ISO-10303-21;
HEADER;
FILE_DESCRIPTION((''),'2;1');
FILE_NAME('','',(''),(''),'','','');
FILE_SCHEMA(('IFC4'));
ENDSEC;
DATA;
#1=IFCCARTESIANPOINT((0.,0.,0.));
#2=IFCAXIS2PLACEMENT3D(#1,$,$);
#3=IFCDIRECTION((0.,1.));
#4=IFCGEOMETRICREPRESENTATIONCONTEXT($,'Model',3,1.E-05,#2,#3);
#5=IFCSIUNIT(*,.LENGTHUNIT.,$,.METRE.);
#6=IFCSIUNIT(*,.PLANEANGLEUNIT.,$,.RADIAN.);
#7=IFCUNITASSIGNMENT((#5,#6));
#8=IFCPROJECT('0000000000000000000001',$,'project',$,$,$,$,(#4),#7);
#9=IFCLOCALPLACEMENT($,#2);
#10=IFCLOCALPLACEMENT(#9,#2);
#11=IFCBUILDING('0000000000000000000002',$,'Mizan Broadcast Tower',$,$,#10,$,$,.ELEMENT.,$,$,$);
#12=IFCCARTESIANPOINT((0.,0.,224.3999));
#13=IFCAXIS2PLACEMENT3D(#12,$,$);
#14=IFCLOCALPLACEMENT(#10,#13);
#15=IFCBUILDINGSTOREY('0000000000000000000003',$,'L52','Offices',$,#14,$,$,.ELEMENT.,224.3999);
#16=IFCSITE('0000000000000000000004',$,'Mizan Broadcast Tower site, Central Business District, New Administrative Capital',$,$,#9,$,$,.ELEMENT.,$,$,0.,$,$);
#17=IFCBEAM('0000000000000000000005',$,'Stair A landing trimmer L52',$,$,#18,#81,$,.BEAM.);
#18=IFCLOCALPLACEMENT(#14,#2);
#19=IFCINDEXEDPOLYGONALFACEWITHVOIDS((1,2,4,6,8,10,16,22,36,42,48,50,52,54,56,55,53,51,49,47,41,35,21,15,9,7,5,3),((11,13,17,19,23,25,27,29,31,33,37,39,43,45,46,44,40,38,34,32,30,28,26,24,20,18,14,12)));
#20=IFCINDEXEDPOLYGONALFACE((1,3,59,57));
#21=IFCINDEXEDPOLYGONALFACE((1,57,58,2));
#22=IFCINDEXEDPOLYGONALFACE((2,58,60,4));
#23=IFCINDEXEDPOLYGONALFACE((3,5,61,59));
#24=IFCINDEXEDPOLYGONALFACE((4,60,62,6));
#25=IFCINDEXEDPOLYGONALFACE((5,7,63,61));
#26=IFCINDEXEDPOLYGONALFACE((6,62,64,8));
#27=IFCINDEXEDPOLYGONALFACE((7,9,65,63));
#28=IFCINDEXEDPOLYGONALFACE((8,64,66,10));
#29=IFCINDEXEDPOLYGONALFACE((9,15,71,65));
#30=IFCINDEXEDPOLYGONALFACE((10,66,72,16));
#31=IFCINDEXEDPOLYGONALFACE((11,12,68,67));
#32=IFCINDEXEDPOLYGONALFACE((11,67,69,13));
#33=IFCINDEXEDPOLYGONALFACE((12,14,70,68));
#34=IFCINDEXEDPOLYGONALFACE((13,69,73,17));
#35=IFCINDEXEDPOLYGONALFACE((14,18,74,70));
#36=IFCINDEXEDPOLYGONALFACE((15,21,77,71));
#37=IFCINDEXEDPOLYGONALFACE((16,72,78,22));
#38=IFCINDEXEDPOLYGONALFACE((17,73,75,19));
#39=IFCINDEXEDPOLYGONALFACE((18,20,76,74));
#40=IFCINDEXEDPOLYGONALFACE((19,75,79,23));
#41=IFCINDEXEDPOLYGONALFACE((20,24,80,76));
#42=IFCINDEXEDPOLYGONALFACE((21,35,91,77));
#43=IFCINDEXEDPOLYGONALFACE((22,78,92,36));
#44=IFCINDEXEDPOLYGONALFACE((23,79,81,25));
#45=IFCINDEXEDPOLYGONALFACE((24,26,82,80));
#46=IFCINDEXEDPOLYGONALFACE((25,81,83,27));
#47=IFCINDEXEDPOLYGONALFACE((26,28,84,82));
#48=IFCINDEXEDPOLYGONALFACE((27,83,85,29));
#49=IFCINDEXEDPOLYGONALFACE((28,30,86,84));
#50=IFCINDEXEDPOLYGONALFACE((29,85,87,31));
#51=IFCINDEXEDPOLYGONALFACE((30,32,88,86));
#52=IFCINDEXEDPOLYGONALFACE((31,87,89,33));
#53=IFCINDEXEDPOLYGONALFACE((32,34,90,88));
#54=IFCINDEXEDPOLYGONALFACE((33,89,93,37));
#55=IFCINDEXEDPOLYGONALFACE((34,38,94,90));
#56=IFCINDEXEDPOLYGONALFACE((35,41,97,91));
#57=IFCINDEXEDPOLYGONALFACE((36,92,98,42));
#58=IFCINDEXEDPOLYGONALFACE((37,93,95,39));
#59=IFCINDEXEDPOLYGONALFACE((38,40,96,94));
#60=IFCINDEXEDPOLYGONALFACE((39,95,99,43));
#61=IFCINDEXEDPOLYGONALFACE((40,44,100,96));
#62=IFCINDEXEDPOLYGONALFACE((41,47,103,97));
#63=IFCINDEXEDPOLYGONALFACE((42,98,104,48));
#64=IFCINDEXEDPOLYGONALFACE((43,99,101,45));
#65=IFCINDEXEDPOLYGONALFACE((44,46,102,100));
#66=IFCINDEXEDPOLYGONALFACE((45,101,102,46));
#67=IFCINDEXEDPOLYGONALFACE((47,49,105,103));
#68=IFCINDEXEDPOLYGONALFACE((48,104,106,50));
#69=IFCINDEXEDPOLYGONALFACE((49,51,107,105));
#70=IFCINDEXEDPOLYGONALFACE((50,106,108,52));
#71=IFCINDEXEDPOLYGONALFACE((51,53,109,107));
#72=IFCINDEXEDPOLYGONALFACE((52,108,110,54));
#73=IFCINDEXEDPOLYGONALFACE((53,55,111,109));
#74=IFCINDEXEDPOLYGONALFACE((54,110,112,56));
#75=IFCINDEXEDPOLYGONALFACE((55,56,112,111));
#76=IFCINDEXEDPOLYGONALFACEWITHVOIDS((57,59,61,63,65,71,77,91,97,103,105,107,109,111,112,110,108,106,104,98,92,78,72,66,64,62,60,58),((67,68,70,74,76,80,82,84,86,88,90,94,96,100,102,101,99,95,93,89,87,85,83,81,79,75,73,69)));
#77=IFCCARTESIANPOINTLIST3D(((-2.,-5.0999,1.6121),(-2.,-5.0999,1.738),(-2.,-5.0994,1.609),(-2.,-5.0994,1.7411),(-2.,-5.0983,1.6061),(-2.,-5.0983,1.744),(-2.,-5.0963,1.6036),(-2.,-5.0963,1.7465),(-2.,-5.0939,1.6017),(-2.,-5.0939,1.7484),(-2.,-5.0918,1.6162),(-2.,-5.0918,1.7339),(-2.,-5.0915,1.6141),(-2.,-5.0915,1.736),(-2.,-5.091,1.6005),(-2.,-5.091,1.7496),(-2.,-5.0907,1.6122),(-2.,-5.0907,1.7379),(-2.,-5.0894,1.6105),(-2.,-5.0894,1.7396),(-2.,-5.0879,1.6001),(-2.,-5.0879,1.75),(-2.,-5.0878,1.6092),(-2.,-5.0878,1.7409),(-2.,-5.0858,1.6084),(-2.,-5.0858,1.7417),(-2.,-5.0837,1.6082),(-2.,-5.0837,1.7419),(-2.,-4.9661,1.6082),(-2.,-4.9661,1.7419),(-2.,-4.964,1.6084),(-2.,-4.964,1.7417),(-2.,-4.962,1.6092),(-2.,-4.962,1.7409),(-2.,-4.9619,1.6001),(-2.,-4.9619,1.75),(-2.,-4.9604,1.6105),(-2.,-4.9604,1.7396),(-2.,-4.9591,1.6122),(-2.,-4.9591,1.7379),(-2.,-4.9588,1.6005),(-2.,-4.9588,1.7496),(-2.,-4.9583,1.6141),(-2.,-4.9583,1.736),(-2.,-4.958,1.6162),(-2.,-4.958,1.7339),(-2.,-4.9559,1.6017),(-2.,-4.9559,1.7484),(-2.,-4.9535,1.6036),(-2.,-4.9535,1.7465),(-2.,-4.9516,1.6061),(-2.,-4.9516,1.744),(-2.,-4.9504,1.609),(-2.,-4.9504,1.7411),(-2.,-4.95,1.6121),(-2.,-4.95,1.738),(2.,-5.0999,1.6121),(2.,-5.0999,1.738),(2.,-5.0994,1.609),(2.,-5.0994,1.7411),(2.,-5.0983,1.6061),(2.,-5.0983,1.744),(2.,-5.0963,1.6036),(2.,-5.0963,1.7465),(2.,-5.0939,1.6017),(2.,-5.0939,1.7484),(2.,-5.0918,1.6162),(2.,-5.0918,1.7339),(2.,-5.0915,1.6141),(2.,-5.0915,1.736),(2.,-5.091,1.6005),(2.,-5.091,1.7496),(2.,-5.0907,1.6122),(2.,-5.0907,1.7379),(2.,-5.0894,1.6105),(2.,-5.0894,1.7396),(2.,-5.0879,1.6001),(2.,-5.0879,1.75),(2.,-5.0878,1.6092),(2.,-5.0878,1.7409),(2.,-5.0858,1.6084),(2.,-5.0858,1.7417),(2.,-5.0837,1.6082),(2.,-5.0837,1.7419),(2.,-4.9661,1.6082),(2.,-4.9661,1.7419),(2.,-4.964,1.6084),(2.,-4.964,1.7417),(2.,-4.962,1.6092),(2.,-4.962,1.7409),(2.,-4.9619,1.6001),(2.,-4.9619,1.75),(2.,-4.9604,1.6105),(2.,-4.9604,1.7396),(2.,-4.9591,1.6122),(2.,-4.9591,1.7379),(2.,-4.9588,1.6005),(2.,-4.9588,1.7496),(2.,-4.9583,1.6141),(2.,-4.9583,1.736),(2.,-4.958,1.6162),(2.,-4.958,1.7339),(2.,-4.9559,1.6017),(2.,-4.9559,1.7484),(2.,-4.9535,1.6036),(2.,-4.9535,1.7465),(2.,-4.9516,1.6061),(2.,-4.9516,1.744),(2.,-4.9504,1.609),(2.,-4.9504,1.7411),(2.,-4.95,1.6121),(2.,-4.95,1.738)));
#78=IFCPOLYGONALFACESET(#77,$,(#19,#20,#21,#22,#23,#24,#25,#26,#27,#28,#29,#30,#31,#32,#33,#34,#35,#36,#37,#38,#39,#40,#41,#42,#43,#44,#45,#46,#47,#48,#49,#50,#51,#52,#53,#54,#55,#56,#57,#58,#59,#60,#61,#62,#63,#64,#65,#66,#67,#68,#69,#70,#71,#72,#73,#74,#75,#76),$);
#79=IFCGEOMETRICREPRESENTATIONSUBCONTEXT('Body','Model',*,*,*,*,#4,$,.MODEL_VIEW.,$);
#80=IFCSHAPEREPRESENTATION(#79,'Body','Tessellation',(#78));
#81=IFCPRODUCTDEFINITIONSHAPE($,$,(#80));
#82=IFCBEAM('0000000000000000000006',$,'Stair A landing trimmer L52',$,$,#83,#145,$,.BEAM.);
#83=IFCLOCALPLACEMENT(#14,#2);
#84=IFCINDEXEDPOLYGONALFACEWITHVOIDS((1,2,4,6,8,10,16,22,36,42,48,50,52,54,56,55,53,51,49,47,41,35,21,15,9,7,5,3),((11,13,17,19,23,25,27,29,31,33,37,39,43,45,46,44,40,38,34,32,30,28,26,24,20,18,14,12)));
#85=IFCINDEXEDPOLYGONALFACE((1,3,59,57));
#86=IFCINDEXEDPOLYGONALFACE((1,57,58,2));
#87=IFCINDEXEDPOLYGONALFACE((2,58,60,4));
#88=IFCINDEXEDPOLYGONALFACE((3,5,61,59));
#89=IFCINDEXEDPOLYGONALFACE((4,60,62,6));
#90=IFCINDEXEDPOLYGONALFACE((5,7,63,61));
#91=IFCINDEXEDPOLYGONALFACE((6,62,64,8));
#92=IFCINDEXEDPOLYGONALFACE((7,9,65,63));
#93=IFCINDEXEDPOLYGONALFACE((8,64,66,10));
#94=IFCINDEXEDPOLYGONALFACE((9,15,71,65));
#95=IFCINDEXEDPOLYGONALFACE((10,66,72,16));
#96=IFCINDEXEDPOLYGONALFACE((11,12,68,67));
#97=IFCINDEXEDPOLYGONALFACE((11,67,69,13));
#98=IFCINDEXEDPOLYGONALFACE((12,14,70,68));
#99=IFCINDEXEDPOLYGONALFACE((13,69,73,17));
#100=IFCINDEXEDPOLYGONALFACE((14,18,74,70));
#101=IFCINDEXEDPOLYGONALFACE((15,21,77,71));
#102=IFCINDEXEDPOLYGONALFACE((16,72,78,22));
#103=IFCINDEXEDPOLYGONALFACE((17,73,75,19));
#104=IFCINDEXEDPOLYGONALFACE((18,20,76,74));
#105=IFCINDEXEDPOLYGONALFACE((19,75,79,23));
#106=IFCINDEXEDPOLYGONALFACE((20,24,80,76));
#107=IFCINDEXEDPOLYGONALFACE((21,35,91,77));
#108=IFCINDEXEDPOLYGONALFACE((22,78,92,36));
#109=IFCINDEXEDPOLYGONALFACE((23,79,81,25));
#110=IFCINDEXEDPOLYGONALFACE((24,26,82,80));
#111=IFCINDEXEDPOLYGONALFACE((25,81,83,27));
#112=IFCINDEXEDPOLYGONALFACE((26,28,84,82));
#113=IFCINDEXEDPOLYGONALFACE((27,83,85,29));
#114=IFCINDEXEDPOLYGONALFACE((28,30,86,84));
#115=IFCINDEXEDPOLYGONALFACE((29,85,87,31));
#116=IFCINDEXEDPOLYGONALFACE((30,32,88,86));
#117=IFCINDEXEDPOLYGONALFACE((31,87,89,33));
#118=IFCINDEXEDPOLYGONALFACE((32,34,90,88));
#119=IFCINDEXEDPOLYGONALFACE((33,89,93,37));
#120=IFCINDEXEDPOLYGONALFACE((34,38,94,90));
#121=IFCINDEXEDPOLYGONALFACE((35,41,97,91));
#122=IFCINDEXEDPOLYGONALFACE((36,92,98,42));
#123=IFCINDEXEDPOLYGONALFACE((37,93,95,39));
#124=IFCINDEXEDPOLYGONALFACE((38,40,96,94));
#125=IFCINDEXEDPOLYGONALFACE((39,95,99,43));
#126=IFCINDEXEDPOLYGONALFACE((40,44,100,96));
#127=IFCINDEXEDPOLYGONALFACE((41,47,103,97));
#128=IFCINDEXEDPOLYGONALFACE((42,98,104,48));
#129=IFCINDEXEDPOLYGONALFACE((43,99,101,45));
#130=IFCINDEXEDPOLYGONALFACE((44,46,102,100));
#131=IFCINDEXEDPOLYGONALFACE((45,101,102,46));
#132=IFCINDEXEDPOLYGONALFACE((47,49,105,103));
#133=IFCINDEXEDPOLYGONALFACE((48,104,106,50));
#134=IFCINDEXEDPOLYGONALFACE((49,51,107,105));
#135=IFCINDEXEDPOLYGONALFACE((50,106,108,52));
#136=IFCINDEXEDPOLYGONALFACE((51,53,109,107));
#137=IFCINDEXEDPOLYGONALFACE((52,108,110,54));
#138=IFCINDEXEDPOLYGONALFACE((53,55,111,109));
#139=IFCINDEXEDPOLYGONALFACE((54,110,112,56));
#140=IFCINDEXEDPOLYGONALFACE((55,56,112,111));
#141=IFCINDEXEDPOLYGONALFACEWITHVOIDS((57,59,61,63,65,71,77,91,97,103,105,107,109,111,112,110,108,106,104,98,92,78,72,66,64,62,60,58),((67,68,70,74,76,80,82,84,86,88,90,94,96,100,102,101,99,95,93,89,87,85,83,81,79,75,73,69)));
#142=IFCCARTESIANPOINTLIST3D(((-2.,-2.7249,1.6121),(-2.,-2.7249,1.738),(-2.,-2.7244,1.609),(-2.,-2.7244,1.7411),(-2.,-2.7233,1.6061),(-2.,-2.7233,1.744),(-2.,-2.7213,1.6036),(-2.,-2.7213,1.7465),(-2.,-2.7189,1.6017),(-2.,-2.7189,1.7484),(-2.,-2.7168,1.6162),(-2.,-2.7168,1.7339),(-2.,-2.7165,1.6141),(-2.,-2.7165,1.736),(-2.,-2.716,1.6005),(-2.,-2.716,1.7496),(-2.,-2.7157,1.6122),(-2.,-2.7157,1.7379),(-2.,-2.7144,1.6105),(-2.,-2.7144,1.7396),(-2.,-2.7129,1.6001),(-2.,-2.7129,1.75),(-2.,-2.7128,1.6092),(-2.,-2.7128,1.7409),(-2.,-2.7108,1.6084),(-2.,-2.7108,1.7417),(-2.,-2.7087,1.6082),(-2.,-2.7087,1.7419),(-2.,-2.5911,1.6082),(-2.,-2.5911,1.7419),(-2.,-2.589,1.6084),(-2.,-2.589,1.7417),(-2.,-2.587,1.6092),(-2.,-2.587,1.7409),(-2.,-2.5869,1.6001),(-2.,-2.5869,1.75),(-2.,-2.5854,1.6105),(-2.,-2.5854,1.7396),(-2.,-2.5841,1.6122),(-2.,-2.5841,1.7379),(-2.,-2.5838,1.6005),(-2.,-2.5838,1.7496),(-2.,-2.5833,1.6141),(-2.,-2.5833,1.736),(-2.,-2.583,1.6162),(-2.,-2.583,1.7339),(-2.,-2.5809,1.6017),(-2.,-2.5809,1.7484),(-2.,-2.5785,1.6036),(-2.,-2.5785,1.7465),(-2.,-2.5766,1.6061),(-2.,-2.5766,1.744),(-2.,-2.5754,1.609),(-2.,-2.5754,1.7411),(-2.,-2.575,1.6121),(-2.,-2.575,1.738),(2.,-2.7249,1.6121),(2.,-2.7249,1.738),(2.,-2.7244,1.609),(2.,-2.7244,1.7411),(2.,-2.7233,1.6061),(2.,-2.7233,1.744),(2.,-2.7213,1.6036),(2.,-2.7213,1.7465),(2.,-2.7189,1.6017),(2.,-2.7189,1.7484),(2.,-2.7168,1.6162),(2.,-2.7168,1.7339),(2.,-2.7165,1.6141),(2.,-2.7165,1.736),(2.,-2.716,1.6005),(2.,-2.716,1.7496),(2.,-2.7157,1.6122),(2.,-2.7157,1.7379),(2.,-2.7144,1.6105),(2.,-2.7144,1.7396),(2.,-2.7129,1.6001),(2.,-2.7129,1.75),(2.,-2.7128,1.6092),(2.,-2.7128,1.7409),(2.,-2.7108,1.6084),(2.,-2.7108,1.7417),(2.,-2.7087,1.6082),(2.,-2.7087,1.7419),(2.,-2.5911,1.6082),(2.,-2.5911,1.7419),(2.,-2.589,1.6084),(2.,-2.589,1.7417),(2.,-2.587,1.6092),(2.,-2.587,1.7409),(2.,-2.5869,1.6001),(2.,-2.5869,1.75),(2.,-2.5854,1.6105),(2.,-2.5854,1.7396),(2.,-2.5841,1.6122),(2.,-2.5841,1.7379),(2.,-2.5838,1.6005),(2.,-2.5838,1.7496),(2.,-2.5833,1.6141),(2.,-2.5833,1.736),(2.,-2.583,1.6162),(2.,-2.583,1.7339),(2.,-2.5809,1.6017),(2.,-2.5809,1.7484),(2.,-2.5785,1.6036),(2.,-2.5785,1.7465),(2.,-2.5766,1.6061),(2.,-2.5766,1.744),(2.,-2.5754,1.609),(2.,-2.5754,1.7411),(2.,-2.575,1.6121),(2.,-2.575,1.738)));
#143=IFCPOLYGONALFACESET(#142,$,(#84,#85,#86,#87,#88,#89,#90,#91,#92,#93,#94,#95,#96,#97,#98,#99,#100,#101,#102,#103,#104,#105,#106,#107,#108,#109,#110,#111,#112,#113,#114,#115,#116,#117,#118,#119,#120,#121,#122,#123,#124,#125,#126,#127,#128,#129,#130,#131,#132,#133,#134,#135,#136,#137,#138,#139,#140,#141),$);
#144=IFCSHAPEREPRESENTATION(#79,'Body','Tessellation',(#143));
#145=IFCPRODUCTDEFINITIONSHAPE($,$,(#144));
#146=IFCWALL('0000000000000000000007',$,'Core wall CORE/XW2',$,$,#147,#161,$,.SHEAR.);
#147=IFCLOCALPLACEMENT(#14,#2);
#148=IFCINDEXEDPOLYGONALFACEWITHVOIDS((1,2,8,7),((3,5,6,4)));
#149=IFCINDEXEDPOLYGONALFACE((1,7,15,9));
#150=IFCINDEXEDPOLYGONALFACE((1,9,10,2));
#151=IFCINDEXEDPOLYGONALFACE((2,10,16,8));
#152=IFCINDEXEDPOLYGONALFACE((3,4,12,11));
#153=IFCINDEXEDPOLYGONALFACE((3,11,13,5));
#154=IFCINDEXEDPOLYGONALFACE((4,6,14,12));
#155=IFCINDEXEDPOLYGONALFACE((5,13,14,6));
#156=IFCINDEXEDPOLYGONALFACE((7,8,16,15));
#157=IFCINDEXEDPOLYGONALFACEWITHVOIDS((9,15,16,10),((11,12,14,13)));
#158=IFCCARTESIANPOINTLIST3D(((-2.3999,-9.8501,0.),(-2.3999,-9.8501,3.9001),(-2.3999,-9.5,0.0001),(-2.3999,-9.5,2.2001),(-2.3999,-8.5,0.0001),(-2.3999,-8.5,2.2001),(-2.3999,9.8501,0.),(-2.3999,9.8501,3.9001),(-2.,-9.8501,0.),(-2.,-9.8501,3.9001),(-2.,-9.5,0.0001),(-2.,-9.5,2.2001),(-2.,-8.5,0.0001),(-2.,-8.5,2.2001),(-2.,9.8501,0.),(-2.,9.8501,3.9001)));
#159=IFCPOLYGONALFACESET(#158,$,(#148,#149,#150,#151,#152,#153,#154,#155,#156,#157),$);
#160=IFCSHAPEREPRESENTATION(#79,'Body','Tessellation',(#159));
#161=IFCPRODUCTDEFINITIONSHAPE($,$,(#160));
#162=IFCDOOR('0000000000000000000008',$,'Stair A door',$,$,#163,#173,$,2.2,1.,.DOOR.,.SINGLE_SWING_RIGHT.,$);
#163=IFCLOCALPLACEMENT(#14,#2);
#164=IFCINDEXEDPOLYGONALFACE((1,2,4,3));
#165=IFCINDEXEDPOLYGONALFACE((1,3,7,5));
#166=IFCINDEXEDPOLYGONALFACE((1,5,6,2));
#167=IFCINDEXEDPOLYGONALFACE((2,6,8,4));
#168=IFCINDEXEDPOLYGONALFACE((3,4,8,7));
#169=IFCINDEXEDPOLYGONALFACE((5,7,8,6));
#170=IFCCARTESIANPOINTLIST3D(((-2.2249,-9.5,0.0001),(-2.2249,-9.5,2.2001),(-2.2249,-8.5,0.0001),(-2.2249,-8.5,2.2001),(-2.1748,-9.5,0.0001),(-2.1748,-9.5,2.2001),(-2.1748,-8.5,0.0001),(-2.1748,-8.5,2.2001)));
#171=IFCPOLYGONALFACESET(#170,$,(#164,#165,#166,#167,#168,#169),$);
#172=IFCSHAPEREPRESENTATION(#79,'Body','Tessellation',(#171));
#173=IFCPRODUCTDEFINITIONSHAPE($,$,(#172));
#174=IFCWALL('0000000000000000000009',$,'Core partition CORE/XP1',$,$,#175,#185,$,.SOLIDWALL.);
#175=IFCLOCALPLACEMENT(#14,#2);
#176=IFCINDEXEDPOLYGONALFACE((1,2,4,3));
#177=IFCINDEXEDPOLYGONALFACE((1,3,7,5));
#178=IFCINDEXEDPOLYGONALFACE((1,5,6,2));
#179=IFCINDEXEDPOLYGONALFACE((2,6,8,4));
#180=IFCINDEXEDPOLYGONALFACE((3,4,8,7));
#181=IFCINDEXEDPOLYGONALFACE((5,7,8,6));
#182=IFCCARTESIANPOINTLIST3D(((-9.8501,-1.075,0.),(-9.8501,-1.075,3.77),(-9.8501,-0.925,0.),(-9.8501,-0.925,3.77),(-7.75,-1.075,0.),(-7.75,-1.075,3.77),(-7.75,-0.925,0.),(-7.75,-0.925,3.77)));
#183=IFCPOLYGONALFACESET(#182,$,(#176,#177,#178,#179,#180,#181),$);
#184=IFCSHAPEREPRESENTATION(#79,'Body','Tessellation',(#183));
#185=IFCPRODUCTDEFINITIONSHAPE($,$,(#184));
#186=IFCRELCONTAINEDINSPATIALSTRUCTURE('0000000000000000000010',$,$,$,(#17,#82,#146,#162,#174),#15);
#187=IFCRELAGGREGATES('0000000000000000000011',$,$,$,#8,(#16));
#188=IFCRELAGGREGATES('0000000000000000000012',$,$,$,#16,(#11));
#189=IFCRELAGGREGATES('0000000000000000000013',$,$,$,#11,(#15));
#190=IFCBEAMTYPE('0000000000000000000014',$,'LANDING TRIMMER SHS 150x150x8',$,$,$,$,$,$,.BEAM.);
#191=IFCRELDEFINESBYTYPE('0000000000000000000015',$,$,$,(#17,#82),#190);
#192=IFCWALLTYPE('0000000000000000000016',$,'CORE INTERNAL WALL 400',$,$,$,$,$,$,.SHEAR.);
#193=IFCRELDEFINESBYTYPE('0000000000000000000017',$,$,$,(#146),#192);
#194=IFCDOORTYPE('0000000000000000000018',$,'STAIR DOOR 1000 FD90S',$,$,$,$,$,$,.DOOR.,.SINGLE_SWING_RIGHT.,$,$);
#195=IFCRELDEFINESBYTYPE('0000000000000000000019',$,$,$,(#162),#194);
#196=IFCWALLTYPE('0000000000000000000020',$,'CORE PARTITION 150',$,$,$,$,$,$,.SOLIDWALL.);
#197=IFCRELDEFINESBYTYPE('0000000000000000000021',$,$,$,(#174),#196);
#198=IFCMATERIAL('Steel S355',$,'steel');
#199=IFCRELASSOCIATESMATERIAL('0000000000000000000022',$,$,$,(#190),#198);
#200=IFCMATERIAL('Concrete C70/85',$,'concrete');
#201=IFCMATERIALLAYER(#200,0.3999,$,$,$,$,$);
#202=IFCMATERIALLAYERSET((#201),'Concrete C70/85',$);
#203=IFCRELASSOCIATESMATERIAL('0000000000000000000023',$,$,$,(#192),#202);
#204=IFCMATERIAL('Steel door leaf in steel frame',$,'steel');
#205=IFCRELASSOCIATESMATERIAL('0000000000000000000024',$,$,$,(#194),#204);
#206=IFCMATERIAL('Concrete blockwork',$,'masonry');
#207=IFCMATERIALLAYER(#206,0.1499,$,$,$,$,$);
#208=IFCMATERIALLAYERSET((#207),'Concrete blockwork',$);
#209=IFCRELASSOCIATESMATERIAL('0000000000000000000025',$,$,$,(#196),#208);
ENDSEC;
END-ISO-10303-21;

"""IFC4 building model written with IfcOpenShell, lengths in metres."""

from ifc_helpers import new_model, si_unit, direction, frame, frame_2d, origin, origin_2d, place, context, subcontext, project, spatial, rectangle, hollow_rectangle, extrude, material, layer, layer_set, material_profile, profile_set, type_object, element, fill, save


model = new_model("IFC4")

# Units and contexts
model_context = context("Model", 3, precision=1e-05, world=origin(), true_north=direction((0.0, 1.0)))
body_context = subcontext(model_context, "Body", "Model", "MODEL_VIEW")
ifc_project = project(units=[si_unit("LENGTHUNIT", "METRE"), si_unit("PLANEANGLEUNIT", "RADIAN")], contexts=[model_context])

# Site, building, storey
site_placement = place(None, origin())
site = spatial("IfcSite", under=ifc_project, at=site_placement, Name="Mizan Broadcast Tower site, Central Business District, New Administrative Capital", CompositionType="ELEMENT", RefElevation=0.0)
building_placement = place(site_placement, origin())
building = spatial("IfcBuilding", under=site, at=building_placement, Name="Mizan Broadcast Tower", CompositionType="ELEMENT")
storey_placement = place(building_placement, frame((0.0, 0.0, 224.3999)))
storey = spatial("IfcBuildingStorey", under=building, at=storey_placement, Name="L52", Description="Offices", CompositionType="ELEMENT", Elevation=224.3999)

# Beams
ifc_material_1 = material(Name="Steel S355", Category="steel")
ifc_material_profile = material_profile(ifc_material_1, hollow_rectangle(XDim=0.1499, YDim=0.1499, WallThickness=0.0081, InnerFilletRadius=0.0081, OuterFilletRadius=0.012, at=origin_2d()), Name="SHS 150x150x8")
ifc_profile_set = profile_set([ifc_material_profile], Name="Steel S355")
beam_type = type_object("IfcBeamType", Name="LANDING TRIMMER SHS 150x150x8", PredefinedType="BEAM", material=ifc_profile_set)
for number, where, z_axis, x_axis, name in (
    (1, (-2.0, -5.0249, 1.675), (1.0, 0.0, 0.0), (0.0, 1.0, 0.0), "Stair A landing trimmer L52"),
    (2, (-2.0, -2.6499, 1.675), (1.0, 0.0, 0.0), (0.0, 1.0, 0.0), "Stair A landing trimmer L52"),
):
    element("IfcBeam", number, at=place(storey_placement, frame(where, z_axis=z_axis, x_axis=x_axis)), inside=storey, type_object=beam_type, Name=name, PredefinedType="BEAM", context=body_context, shape_type="SweptSolid", body=[
        extrude(hollow_rectangle(XDim=0.1499, YDim=0.1499, WallThickness=0.0081, InnerFilletRadius=0.0081, OuterFilletRadius=0.012, at=origin_2d()), origin(), (0.0, 0.0, 1.0), 4.0),
    ])

# Wall, opening, door
ifc_material_2 = material(Name="Concrete C70/85", Category="concrete")
ifc_layer_1 = layer(ifc_material_2, 0.3999)
ifc_layer_set_1 = layer_set([ifc_layer_1], Name="Concrete C70/85")
wall_type_1 = type_object("IfcWallType", Name="CORE INTERNAL WALL 400", PredefinedType="SHEAR", material=ifc_layer_set_1)
wall_1_placement = place(storey_placement, frame((-2.2, -9.8501, 0.0), z_axis=(0.0, 0.0, 1.0), x_axis=(0.0, 1.0, 0.0)))
wall_1 = element("IfcWall", 3, at=wall_1_placement, inside=storey, type_object=wall_type_1, Name="Core wall CORE/XW2", PredefinedType="SHEAR", context=body_context, shape_type="SweptSolid", body=[
    extrude(rectangle(XDim=19.7002, YDim=0.3999, at=frame_2d((9.8501, 0.0))), origin(), (0.0, 0.0, 1.0), 3.9001),
])
opening_1_placement = place(wall_1_placement, frame((0.3501, 0.0, 0.0)))
opening_1 = element("IfcOpeningElement", 4, at=opening_1_placement, cuts=wall_1, PredefinedType="OPENING", context=body_context, shape_type="SweptSolid", body=[
    extrude(rectangle(XDim=1.0, YDim=2.2, at=frame_2d((0.5, 1.1001))), frame((0.0, 0.21, 0.0), z_axis=(0.0, -1.0, 0.0), x_axis=(1.0, 0.0, 0.0)), (0.0, 0.0, 1.0), 0.4199),
])
ifc_material_3 = material(Name="Steel door leaf in steel frame", Category="steel")
door_type_1 = type_object("IfcDoorType", Name="STAIR DOOR 1000 FD90S", OperationType="SINGLE_SWING_RIGHT", PredefinedType="DOOR", material=ifc_material_3)
door_1_placement = place(opening_1_placement, origin())
door_1 = element("IfcDoor", 5, at=door_1_placement, inside=storey, type_object=door_type_1, Name="Stair A door", OperationType="SINGLE_SWING_RIGHT", OverallHeight=2.2, OverallWidth=1.0, PredefinedType="DOOR", context=body_context, shape_type="SweptSolid", body=[
    extrude(rectangle(XDim=1.0, YDim=2.2, at=frame_2d((0.5, 1.1001))), frame((0.0, 0.0249, 0.0), z_axis=(0.0, -1.0, 0.0), x_axis=(1.0, 0.0, 0.0)), (0.0, 0.0, 1.0), 0.05),
])
fill(opening_1, door_1)

# Wall
ifc_material_4 = material(Name="Concrete blockwork", Category="masonry")
ifc_layer_2 = layer(ifc_material_4, 0.1499)
ifc_layer_set_2 = layer_set([ifc_layer_2], Name="Concrete blockwork")
wall_type_2 = type_object("IfcWallType", Name="CORE PARTITION 150", PredefinedType="SOLIDWALL", material=ifc_layer_set_2)
wall_2_placement = place(storey_placement, frame((-9.8501, -1.0, 0.0), z_axis=(0.0, 0.0, 1.0), x_axis=(1.0, 0.0, 0.0)))
element("IfcWall", 6, at=wall_2_placement, inside=storey, type_object=wall_type_2, Name="Core partition CORE/XP1", PredefinedType="SOLIDWALL", context=body_context, shape_type="SweptSolid", body=[
    extrude(rectangle(XDim=2.1001, YDim=0.1499, at=frame_2d((1.05, 0.0))), origin(), (0.0, 0.0, 1.0), 3.77),
])

save(model, "model.ifc")
